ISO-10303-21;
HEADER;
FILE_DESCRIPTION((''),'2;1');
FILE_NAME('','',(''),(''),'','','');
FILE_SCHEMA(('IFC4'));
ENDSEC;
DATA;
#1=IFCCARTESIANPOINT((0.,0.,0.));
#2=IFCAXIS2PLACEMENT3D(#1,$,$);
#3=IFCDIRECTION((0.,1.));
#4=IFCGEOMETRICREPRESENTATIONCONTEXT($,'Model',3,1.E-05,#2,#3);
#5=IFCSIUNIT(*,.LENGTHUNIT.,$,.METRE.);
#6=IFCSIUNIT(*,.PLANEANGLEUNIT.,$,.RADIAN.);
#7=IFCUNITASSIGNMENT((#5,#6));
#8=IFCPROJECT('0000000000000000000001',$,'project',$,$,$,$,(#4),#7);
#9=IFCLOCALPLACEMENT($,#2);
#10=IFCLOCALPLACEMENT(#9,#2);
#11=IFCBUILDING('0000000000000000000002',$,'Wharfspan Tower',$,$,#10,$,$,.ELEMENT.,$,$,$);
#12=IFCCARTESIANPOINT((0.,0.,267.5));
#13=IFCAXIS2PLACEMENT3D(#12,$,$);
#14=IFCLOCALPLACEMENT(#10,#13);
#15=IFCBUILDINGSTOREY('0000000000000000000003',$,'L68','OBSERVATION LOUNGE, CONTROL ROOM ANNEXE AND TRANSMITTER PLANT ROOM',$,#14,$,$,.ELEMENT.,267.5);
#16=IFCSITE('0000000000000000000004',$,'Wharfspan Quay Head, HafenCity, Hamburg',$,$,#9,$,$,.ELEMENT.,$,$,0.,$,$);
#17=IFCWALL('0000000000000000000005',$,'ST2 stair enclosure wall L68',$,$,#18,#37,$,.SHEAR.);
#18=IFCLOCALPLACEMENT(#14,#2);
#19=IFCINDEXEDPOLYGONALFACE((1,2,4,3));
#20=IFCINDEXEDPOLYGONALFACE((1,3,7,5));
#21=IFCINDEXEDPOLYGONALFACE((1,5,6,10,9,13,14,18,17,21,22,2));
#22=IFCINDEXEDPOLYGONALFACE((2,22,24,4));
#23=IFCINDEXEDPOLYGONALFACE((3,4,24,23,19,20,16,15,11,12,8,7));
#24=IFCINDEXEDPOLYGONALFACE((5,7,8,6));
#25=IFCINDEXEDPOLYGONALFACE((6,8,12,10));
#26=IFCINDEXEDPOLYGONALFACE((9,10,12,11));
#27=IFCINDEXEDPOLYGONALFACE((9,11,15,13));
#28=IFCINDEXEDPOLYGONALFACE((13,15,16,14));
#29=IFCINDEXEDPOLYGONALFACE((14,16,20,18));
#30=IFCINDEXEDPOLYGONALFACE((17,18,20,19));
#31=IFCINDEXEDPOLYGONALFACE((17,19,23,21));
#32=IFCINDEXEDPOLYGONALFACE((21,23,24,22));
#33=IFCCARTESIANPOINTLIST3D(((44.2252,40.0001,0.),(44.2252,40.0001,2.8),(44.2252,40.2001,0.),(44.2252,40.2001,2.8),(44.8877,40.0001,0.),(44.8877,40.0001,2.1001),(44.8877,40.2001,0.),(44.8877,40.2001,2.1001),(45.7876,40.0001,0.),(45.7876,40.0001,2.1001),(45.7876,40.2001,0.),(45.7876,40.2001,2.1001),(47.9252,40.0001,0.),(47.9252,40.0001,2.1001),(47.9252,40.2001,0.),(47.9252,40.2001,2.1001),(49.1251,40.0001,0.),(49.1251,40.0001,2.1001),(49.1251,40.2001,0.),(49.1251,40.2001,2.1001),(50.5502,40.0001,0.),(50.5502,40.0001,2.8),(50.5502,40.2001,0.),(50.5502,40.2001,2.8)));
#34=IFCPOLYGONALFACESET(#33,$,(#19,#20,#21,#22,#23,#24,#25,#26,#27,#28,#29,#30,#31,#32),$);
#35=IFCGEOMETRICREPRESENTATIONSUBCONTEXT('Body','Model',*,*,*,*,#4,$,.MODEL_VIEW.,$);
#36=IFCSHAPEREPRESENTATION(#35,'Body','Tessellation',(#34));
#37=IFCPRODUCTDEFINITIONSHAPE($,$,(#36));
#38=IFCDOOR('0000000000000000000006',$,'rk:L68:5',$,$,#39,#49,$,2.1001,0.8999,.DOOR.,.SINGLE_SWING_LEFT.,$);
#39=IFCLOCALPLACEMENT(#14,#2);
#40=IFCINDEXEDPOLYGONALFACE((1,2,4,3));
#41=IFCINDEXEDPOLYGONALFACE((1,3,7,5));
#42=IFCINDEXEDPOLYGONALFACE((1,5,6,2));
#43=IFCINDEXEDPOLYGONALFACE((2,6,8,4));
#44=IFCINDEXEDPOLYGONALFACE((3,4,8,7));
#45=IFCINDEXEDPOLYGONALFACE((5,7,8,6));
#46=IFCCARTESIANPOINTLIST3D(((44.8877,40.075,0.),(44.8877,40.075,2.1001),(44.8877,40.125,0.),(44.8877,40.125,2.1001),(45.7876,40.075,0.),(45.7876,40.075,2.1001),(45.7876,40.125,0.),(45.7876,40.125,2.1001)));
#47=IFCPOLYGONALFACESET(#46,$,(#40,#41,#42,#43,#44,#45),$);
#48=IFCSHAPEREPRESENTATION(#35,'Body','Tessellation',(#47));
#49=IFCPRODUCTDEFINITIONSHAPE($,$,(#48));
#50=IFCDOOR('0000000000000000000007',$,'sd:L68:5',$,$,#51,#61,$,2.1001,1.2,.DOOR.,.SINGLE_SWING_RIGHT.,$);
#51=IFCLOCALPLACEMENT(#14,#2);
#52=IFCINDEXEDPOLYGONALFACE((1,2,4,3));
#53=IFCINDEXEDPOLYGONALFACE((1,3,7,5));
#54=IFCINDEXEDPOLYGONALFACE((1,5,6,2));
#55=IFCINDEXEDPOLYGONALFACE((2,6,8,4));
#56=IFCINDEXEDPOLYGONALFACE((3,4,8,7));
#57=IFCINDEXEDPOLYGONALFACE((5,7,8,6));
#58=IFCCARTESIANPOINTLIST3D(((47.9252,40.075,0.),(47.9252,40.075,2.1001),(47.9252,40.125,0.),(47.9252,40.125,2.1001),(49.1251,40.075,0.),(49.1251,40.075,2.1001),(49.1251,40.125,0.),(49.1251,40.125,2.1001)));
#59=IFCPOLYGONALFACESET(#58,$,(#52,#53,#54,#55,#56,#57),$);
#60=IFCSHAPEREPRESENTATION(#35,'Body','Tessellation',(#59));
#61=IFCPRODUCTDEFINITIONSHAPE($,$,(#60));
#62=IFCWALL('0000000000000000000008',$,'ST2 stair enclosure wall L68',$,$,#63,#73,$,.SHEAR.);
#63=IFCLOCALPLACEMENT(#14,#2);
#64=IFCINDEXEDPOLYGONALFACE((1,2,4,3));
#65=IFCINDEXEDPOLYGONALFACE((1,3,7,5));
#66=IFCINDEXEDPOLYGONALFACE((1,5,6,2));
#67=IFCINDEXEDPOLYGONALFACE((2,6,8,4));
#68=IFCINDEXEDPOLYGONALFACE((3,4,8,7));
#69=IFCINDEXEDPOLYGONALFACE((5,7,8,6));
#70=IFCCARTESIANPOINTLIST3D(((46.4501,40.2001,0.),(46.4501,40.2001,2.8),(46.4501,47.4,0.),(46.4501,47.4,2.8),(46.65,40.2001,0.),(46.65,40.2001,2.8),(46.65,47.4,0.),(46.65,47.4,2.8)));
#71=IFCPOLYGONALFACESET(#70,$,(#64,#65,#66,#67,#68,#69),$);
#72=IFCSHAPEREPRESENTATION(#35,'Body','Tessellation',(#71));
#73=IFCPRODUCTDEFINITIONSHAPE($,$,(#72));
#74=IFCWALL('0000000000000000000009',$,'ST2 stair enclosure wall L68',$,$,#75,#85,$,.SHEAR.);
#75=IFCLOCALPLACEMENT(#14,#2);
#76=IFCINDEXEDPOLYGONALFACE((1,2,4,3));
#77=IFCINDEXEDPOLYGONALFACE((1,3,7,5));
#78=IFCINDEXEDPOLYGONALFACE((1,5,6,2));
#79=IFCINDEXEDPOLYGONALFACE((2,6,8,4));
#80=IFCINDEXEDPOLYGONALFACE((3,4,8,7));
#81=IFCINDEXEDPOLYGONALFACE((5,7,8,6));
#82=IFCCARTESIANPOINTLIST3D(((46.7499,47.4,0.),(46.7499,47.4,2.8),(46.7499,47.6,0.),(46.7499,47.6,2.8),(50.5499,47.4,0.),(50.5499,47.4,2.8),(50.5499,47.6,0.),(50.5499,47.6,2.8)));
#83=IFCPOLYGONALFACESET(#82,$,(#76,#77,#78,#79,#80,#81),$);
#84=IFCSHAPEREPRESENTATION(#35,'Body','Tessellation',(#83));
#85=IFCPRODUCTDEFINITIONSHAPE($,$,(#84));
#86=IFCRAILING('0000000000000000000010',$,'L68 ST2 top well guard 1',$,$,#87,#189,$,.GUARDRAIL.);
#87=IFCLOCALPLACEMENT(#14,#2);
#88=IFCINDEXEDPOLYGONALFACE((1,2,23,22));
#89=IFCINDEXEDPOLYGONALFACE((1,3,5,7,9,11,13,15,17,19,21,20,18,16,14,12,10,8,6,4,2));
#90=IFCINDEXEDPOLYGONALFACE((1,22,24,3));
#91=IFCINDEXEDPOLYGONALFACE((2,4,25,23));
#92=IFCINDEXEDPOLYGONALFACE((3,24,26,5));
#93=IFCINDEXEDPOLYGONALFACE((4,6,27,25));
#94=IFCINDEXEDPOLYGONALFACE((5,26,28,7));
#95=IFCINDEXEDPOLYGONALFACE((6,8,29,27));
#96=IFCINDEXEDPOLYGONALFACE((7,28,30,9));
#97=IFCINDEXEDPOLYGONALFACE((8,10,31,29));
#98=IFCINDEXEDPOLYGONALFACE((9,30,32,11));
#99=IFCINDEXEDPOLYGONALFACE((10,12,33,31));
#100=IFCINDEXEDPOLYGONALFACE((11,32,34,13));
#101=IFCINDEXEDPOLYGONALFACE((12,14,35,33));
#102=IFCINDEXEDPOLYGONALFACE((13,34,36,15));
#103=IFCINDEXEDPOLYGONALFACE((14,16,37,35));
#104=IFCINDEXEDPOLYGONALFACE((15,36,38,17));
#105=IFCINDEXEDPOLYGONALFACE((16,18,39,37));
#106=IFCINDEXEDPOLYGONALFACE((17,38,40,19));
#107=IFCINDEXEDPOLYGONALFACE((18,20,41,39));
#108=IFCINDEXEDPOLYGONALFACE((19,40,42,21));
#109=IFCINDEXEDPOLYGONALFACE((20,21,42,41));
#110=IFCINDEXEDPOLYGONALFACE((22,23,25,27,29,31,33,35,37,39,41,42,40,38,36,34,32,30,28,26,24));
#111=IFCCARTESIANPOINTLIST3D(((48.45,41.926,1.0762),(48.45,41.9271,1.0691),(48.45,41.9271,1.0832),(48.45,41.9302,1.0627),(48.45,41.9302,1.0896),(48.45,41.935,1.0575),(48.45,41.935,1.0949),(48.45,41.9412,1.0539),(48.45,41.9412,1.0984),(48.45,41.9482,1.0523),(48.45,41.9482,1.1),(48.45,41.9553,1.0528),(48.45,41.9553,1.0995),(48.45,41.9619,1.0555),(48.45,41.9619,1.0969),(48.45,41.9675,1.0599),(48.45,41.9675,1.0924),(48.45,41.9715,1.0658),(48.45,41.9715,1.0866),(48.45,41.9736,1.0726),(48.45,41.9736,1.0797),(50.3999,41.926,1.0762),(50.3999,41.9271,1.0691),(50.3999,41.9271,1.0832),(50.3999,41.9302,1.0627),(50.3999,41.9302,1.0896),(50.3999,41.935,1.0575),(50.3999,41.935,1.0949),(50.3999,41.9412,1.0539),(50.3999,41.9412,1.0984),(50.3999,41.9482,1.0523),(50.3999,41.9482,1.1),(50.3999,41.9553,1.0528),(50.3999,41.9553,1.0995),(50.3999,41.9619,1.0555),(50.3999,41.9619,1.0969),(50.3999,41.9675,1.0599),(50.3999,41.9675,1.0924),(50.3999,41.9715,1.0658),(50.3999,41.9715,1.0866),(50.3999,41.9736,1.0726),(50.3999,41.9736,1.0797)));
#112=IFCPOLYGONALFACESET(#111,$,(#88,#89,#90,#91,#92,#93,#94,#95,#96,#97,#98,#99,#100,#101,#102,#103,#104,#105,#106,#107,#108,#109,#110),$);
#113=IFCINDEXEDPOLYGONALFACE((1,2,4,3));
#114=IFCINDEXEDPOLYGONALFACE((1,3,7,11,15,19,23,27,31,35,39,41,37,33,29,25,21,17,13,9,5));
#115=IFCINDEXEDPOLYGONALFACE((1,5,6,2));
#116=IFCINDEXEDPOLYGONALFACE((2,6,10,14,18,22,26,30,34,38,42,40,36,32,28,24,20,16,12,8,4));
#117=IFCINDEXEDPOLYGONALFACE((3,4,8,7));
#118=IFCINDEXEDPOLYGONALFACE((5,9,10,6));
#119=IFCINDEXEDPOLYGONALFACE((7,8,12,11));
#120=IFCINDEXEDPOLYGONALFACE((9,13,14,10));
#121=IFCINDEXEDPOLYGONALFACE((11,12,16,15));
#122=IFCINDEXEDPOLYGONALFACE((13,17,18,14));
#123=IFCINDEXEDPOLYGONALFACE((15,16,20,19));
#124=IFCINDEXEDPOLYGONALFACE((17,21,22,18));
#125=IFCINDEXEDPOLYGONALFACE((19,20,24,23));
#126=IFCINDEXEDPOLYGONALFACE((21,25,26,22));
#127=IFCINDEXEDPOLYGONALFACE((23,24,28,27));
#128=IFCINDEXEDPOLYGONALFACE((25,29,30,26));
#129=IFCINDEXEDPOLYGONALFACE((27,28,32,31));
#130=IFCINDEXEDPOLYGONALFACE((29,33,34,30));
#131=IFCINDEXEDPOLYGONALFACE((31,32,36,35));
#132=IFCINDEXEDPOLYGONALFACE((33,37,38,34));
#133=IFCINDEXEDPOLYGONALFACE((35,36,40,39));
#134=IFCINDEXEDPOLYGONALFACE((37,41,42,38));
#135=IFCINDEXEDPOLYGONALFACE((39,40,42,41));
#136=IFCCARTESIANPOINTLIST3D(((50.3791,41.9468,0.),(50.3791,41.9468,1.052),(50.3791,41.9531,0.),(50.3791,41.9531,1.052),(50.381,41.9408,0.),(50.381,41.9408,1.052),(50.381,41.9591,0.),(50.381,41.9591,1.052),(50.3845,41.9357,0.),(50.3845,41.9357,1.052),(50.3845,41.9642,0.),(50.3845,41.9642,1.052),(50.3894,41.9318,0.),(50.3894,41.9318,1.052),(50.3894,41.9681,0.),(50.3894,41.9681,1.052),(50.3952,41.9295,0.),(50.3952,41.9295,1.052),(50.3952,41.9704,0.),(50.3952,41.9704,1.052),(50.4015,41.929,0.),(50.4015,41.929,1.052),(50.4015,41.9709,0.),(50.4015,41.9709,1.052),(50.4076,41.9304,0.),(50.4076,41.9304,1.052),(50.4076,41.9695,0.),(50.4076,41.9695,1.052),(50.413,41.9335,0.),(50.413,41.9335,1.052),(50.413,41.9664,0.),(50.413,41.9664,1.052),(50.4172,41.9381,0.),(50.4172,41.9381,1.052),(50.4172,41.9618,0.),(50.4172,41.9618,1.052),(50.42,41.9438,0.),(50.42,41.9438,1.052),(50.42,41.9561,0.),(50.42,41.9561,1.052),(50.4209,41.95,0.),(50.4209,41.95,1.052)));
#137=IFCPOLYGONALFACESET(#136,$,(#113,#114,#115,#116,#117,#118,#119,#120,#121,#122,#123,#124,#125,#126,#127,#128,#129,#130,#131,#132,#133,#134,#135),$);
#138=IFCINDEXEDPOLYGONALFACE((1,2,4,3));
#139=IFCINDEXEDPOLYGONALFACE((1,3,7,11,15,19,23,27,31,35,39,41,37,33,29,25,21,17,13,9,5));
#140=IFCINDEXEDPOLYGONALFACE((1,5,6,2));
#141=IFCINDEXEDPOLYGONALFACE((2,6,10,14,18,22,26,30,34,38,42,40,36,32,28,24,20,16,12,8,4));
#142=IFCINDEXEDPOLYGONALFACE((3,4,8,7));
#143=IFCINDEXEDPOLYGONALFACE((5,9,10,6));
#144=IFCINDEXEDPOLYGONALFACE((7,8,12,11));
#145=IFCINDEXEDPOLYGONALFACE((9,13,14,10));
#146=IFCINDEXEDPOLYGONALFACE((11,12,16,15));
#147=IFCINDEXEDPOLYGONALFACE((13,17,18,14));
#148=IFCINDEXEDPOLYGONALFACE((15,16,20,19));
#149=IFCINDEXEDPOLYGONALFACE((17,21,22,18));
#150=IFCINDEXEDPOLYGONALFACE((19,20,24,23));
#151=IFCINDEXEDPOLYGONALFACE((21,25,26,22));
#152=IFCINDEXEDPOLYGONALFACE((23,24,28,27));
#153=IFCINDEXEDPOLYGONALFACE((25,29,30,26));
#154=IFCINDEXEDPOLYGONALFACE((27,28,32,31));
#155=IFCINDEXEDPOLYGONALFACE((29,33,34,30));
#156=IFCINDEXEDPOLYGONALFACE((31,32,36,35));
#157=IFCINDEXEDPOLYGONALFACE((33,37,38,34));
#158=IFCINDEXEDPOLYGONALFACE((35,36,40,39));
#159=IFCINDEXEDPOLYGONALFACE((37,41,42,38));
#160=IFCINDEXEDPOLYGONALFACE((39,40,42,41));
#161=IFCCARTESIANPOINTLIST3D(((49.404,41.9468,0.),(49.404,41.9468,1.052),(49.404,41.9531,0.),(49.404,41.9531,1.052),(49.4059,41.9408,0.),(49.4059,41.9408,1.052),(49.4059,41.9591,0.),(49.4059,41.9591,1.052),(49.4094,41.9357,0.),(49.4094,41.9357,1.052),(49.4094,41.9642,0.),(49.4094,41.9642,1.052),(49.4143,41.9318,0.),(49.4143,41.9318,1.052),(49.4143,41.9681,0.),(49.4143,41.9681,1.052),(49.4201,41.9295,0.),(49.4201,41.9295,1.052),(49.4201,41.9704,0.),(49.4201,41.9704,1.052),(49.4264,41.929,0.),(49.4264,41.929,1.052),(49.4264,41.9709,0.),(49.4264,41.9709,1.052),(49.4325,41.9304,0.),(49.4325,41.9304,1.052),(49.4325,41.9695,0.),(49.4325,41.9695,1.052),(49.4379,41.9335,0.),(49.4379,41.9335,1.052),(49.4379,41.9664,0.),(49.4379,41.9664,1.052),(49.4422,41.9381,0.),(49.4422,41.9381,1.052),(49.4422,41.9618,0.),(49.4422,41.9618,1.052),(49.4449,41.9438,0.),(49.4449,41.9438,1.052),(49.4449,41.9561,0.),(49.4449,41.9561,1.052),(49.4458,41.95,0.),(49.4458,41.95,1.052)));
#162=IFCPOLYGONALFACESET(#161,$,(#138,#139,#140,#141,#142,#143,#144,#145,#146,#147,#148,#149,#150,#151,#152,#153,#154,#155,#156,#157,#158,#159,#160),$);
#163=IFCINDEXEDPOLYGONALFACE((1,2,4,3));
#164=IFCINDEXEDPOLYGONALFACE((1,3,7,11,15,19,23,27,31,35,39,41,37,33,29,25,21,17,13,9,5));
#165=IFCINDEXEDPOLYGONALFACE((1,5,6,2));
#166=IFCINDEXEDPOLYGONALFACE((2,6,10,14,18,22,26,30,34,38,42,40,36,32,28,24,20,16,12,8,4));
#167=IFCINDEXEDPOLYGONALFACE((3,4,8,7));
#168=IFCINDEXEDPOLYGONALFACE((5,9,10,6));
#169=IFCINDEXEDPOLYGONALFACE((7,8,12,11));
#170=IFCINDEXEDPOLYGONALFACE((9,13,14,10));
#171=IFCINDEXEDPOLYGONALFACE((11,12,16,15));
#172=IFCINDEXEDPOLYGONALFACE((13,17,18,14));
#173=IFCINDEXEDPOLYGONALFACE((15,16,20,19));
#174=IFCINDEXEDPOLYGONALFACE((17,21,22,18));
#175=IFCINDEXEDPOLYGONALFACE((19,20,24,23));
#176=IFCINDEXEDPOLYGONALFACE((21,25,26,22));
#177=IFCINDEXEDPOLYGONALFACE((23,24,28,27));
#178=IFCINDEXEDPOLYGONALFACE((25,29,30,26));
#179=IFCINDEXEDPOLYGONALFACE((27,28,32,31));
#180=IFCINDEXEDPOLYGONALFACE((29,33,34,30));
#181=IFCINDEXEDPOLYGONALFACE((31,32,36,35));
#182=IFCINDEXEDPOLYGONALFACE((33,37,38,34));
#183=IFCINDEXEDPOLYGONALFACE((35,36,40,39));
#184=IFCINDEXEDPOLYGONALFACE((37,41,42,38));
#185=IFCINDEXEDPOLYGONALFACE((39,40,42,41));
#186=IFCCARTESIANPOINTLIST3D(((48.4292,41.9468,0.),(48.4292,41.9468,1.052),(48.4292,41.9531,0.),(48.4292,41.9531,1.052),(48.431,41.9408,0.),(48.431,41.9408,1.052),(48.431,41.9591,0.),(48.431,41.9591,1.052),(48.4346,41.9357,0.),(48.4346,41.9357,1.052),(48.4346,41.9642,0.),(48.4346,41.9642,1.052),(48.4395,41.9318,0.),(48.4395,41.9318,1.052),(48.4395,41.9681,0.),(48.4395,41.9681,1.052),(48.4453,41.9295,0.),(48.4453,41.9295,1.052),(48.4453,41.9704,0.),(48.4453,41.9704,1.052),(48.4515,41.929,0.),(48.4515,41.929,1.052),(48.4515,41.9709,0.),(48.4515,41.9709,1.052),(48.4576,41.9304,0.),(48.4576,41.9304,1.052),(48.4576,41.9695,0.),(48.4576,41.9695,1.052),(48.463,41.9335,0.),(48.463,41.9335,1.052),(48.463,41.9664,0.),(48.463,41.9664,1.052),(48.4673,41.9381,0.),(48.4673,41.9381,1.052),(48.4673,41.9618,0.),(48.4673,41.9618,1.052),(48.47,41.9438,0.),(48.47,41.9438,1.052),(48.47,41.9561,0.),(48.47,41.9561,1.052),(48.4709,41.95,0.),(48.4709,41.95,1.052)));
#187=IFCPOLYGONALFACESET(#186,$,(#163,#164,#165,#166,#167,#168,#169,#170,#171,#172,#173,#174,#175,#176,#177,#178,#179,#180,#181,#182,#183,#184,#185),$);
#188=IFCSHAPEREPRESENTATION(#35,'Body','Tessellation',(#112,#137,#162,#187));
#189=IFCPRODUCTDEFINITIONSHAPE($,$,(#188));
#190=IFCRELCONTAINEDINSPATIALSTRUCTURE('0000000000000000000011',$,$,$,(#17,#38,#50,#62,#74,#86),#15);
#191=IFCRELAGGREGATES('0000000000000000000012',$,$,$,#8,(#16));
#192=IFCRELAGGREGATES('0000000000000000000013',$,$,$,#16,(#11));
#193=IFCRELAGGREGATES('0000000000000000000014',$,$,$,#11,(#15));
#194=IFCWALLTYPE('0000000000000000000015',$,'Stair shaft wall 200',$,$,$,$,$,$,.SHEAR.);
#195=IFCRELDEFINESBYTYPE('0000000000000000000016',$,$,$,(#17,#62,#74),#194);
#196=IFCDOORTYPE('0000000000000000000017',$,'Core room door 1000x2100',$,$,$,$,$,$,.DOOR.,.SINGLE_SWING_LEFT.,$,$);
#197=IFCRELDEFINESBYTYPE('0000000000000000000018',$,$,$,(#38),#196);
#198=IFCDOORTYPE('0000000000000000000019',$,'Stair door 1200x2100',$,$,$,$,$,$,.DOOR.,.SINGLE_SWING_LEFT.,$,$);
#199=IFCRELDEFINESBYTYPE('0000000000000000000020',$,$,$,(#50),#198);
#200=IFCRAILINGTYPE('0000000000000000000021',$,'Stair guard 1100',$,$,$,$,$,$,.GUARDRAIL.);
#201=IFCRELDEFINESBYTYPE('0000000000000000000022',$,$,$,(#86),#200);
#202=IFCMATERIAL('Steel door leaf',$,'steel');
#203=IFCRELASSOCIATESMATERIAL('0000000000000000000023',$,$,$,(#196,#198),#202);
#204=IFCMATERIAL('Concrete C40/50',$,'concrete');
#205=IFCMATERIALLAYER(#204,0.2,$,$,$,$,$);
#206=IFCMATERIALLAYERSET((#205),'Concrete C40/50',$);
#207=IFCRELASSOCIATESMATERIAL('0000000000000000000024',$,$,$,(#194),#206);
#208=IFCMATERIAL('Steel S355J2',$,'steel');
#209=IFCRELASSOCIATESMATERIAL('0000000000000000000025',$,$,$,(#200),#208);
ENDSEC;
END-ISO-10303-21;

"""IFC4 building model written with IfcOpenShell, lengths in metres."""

from ifc_helpers import new_model, si_unit, direction, frame, frame_2d, origin, origin_2d, place, context, subcontext, project, spatial, rectangle, circle, extrude, material, layer, layer_set, type_object, element, fill, save


model = new_model("IFC4")

# Units and contexts
model_context = context("Model", 3, precision=1e-05, world=origin(), true_north=direction((0.0, 1.0)))
body_context = subcontext(model_context, "Body", "Model", "MODEL_VIEW")
ifc_project = project(units=[si_unit("LENGTHUNIT", "METRE"), si_unit("PLANEANGLEUNIT", "RADIAN")], contexts=[model_context])

# Site, building, storey
site_placement = place(None, origin())
site = spatial("IfcSite", under=ifc_project, at=site_placement, Name="Wharfspan Quay Head, HafenCity, Hamburg", CompositionType="ELEMENT", RefElevation=0.0)
building_placement = place(site_placement, origin())
building = spatial("IfcBuilding", under=site, at=building_placement, Name="Wharfspan Tower", CompositionType="ELEMENT")
storey_placement = place(building_placement, frame((0.0, 0.0, 267.5)))
storey = spatial("IfcBuildingStorey", under=building, at=storey_placement, Name="L68", Description="OBSERVATION LOUNGE, CONTROL ROOM ANNEXE AND TRANSMITTER PLANT ROOM", CompositionType="ELEMENT", Elevation=267.5)

# Shared definitions
ifc_material_1 = material(Name="Steel door leaf", Category="steel")
door_type_1 = type_object("IfcDoorType", Name="Core room door 1000x2100", OperationType="SINGLE_SWING_LEFT", PredefinedType="DOOR", material=ifc_material_1)

# Wall, openings, doors
ifc_material_2 = material(Name="Concrete C40/50", Category="concrete")
ifc_layer_1 = layer(ifc_material_2, 0.2)
ifc_layer_set_1 = layer_set([ifc_layer_1], Name="Concrete C40/50")
wall_type_1 = type_object("IfcWallType", Name="Stair shaft wall 200", PredefinedType="SHEAR", material=ifc_layer_set_1)
wall_1_placement = place(storey_placement, frame((44.2251, 40.1001, 0.0), z_axis=(0.0, 0.0, 1.0), x_axis=(1.0, 0.0, 0.0)))
wall_1 = element("IfcWall", 1, at=wall_1_placement, inside=storey, type_object=wall_type_1, Name="ST2 stair enclosure wall L68", PredefinedType="SHEAR", context=body_context, shape_type="SweptSolid", body=[
    extrude(rectangle(XDim=6.325, YDim=0.2, at=frame_2d((3.1626, 0.0))), origin(), (0.0, 0.0, 1.0), 2.8),
])
opening_1_placement = place(wall_1_placement, frame((3.7, 0.0, 0.0)))
opening_1 = element("IfcOpeningElement", 2, at=opening_1_placement, cuts=wall_1, PredefinedType="OPENING", context=body_context, shape_type="SweptSolid", body=[
    extrude(rectangle(XDim=1.2, YDim=2.1001, at=frame_2d((0.6001, 1.05))), frame((0.0, 0.1099, 0.0), z_axis=(0.0, -1.0, 0.0), x_axis=(1.0, 0.0, 0.0)), (0.0, 0.0, 1.0), 0.22),
])
opening_2_placement = place(wall_1_placement, frame((0.6626, 0.0, 0.0)))
opening_2 = element("IfcOpeningElement", 3, at=opening_2_placement, cuts=wall_1, PredefinedType="OPENING", context=body_context, shape_type="SweptSolid", body=[
    extrude(rectangle(XDim=0.8999, YDim=2.1001, at=frame_2d((0.45, 1.05))), frame((0.0, 0.1099, 0.0), z_axis=(0.0, -1.0, 0.0), x_axis=(1.0, 0.0, 0.0)), (0.0, 0.0, 1.0), 0.22),
])
door_1_placement = place(opening_2_placement, origin())
door_1 = element("IfcDoor", 4, at=door_1_placement, inside=storey, type_object=door_type_1, Name="rk:L68:5", OperationType="SINGLE_SWING_LEFT", OverallHeight=2.1001, OverallWidth=0.8999, PredefinedType="DOOR", context=body_context, shape_type="SweptSolid", body=[
    extrude(rectangle(XDim=0.8999, YDim=2.1001, at=frame_2d((0.45, 1.05))), frame((0.0, 0.0249, 0.0), z_axis=(0.0, -1.0, 0.0), x_axis=(1.0, 0.0, 0.0)), (0.0, 0.0, 1.0), 0.05),
])
fill(opening_2, door_1)
door_type_2 = type_object("IfcDoorType", Name="Stair door 1200x2100", OperationType="SINGLE_SWING_LEFT", PredefinedType="DOOR", material=ifc_material_1)
door_2_placement = place(opening_1_placement, origin())
door_2 = element("IfcDoor", 5, at=door_2_placement, inside=storey, type_object=door_type_2, Name="sd:L68:5", OperationType="SINGLE_SWING_RIGHT", OverallHeight=2.1001, OverallWidth=1.2, PredefinedType="DOOR", context=body_context, shape_type="SweptSolid", body=[
    extrude(rectangle(XDim=1.2, YDim=2.1001, at=frame_2d((0.6001, 1.05))), frame((0.0, 0.0249, 0.0), z_axis=(0.0, -1.0, 0.0), x_axis=(1.0, 0.0, 0.0)), (0.0, 0.0, 1.0), 0.05),
])
fill(opening_1, door_2)

# Walls
wall_2_placement = place(storey_placement, frame((46.55, 40.2, 0.0), z_axis=(0.0, 0.0, 1.0), x_axis=(0.0, 1.0, 0.0)))
element("IfcWall", 6, at=wall_2_placement, inside=storey, type_object=wall_type_1, Name="ST2 stair enclosure wall L68", PredefinedType="SHEAR", context=body_context, shape_type="SweptSolid", body=[
    extrude(rectangle(XDim=7.2, YDim=0.2, at=frame_2d((3.6001, 0.0))), origin(), (0.0, 0.0, 1.0), 2.8),
])
wall_3_placement = place(storey_placement, frame((46.75, 47.5, 0.0), z_axis=(0.0, 0.0, 1.0), x_axis=(1.0, 0.0, 0.0)))
element("IfcWall", 7, at=wall_3_placement, inside=storey, type_object=wall_type_1, Name="ST2 stair enclosure wall L68", PredefinedType="SHEAR", context=body_context, shape_type="SweptSolid", body=[
    extrude(rectangle(XDim=3.8, YDim=0.2, at=frame_2d((1.8999, 0.0))), origin(), (0.0, 0.0, 1.0), 2.8),
])

# Railing
ifc_material_3 = material(Name="Steel S355J2", Category="steel")
railing_type = type_object("IfcRailingType", Name="Stair guard 1100", PredefinedType="GUARDRAIL", material=ifc_material_3)
railing_placement = place(storey_placement, frame((50.3999, 41.95, 0.0)))
element("IfcRailing", 8, at=railing_placement, inside=storey, type_object=railing_type, Name="L68 ST2 top well guard 1", PredefinedType="GUARDRAIL", context=body_context, shape_type="SweptSolid", body=[
    extrude(circle(Radius=0.0239, at=origin_2d()), frame((0.0, 0.0, 1.0762), z_axis=(-1.0, 0.0, 0.0), x_axis=(0.0, -1.0, 0.0)), (0.0, 0.0, 1.0), 1.95),
    extrude(circle(Radius=0.021, at=origin_2d()), origin(), (0.0, 0.0, 1.0), 1.052),
    extrude(circle(Radius=0.021, at=origin_2d()), frame((-0.9751, 0.0, 0.0)), (0.0, 0.0, 1.0), 1.052),
    extrude(circle(Radius=0.021, at=origin_2d()), frame((-1.95, 0.0, 0.0)), (0.0, 0.0, 1.0), 1.052),
])

save(model, "model.ifc")
